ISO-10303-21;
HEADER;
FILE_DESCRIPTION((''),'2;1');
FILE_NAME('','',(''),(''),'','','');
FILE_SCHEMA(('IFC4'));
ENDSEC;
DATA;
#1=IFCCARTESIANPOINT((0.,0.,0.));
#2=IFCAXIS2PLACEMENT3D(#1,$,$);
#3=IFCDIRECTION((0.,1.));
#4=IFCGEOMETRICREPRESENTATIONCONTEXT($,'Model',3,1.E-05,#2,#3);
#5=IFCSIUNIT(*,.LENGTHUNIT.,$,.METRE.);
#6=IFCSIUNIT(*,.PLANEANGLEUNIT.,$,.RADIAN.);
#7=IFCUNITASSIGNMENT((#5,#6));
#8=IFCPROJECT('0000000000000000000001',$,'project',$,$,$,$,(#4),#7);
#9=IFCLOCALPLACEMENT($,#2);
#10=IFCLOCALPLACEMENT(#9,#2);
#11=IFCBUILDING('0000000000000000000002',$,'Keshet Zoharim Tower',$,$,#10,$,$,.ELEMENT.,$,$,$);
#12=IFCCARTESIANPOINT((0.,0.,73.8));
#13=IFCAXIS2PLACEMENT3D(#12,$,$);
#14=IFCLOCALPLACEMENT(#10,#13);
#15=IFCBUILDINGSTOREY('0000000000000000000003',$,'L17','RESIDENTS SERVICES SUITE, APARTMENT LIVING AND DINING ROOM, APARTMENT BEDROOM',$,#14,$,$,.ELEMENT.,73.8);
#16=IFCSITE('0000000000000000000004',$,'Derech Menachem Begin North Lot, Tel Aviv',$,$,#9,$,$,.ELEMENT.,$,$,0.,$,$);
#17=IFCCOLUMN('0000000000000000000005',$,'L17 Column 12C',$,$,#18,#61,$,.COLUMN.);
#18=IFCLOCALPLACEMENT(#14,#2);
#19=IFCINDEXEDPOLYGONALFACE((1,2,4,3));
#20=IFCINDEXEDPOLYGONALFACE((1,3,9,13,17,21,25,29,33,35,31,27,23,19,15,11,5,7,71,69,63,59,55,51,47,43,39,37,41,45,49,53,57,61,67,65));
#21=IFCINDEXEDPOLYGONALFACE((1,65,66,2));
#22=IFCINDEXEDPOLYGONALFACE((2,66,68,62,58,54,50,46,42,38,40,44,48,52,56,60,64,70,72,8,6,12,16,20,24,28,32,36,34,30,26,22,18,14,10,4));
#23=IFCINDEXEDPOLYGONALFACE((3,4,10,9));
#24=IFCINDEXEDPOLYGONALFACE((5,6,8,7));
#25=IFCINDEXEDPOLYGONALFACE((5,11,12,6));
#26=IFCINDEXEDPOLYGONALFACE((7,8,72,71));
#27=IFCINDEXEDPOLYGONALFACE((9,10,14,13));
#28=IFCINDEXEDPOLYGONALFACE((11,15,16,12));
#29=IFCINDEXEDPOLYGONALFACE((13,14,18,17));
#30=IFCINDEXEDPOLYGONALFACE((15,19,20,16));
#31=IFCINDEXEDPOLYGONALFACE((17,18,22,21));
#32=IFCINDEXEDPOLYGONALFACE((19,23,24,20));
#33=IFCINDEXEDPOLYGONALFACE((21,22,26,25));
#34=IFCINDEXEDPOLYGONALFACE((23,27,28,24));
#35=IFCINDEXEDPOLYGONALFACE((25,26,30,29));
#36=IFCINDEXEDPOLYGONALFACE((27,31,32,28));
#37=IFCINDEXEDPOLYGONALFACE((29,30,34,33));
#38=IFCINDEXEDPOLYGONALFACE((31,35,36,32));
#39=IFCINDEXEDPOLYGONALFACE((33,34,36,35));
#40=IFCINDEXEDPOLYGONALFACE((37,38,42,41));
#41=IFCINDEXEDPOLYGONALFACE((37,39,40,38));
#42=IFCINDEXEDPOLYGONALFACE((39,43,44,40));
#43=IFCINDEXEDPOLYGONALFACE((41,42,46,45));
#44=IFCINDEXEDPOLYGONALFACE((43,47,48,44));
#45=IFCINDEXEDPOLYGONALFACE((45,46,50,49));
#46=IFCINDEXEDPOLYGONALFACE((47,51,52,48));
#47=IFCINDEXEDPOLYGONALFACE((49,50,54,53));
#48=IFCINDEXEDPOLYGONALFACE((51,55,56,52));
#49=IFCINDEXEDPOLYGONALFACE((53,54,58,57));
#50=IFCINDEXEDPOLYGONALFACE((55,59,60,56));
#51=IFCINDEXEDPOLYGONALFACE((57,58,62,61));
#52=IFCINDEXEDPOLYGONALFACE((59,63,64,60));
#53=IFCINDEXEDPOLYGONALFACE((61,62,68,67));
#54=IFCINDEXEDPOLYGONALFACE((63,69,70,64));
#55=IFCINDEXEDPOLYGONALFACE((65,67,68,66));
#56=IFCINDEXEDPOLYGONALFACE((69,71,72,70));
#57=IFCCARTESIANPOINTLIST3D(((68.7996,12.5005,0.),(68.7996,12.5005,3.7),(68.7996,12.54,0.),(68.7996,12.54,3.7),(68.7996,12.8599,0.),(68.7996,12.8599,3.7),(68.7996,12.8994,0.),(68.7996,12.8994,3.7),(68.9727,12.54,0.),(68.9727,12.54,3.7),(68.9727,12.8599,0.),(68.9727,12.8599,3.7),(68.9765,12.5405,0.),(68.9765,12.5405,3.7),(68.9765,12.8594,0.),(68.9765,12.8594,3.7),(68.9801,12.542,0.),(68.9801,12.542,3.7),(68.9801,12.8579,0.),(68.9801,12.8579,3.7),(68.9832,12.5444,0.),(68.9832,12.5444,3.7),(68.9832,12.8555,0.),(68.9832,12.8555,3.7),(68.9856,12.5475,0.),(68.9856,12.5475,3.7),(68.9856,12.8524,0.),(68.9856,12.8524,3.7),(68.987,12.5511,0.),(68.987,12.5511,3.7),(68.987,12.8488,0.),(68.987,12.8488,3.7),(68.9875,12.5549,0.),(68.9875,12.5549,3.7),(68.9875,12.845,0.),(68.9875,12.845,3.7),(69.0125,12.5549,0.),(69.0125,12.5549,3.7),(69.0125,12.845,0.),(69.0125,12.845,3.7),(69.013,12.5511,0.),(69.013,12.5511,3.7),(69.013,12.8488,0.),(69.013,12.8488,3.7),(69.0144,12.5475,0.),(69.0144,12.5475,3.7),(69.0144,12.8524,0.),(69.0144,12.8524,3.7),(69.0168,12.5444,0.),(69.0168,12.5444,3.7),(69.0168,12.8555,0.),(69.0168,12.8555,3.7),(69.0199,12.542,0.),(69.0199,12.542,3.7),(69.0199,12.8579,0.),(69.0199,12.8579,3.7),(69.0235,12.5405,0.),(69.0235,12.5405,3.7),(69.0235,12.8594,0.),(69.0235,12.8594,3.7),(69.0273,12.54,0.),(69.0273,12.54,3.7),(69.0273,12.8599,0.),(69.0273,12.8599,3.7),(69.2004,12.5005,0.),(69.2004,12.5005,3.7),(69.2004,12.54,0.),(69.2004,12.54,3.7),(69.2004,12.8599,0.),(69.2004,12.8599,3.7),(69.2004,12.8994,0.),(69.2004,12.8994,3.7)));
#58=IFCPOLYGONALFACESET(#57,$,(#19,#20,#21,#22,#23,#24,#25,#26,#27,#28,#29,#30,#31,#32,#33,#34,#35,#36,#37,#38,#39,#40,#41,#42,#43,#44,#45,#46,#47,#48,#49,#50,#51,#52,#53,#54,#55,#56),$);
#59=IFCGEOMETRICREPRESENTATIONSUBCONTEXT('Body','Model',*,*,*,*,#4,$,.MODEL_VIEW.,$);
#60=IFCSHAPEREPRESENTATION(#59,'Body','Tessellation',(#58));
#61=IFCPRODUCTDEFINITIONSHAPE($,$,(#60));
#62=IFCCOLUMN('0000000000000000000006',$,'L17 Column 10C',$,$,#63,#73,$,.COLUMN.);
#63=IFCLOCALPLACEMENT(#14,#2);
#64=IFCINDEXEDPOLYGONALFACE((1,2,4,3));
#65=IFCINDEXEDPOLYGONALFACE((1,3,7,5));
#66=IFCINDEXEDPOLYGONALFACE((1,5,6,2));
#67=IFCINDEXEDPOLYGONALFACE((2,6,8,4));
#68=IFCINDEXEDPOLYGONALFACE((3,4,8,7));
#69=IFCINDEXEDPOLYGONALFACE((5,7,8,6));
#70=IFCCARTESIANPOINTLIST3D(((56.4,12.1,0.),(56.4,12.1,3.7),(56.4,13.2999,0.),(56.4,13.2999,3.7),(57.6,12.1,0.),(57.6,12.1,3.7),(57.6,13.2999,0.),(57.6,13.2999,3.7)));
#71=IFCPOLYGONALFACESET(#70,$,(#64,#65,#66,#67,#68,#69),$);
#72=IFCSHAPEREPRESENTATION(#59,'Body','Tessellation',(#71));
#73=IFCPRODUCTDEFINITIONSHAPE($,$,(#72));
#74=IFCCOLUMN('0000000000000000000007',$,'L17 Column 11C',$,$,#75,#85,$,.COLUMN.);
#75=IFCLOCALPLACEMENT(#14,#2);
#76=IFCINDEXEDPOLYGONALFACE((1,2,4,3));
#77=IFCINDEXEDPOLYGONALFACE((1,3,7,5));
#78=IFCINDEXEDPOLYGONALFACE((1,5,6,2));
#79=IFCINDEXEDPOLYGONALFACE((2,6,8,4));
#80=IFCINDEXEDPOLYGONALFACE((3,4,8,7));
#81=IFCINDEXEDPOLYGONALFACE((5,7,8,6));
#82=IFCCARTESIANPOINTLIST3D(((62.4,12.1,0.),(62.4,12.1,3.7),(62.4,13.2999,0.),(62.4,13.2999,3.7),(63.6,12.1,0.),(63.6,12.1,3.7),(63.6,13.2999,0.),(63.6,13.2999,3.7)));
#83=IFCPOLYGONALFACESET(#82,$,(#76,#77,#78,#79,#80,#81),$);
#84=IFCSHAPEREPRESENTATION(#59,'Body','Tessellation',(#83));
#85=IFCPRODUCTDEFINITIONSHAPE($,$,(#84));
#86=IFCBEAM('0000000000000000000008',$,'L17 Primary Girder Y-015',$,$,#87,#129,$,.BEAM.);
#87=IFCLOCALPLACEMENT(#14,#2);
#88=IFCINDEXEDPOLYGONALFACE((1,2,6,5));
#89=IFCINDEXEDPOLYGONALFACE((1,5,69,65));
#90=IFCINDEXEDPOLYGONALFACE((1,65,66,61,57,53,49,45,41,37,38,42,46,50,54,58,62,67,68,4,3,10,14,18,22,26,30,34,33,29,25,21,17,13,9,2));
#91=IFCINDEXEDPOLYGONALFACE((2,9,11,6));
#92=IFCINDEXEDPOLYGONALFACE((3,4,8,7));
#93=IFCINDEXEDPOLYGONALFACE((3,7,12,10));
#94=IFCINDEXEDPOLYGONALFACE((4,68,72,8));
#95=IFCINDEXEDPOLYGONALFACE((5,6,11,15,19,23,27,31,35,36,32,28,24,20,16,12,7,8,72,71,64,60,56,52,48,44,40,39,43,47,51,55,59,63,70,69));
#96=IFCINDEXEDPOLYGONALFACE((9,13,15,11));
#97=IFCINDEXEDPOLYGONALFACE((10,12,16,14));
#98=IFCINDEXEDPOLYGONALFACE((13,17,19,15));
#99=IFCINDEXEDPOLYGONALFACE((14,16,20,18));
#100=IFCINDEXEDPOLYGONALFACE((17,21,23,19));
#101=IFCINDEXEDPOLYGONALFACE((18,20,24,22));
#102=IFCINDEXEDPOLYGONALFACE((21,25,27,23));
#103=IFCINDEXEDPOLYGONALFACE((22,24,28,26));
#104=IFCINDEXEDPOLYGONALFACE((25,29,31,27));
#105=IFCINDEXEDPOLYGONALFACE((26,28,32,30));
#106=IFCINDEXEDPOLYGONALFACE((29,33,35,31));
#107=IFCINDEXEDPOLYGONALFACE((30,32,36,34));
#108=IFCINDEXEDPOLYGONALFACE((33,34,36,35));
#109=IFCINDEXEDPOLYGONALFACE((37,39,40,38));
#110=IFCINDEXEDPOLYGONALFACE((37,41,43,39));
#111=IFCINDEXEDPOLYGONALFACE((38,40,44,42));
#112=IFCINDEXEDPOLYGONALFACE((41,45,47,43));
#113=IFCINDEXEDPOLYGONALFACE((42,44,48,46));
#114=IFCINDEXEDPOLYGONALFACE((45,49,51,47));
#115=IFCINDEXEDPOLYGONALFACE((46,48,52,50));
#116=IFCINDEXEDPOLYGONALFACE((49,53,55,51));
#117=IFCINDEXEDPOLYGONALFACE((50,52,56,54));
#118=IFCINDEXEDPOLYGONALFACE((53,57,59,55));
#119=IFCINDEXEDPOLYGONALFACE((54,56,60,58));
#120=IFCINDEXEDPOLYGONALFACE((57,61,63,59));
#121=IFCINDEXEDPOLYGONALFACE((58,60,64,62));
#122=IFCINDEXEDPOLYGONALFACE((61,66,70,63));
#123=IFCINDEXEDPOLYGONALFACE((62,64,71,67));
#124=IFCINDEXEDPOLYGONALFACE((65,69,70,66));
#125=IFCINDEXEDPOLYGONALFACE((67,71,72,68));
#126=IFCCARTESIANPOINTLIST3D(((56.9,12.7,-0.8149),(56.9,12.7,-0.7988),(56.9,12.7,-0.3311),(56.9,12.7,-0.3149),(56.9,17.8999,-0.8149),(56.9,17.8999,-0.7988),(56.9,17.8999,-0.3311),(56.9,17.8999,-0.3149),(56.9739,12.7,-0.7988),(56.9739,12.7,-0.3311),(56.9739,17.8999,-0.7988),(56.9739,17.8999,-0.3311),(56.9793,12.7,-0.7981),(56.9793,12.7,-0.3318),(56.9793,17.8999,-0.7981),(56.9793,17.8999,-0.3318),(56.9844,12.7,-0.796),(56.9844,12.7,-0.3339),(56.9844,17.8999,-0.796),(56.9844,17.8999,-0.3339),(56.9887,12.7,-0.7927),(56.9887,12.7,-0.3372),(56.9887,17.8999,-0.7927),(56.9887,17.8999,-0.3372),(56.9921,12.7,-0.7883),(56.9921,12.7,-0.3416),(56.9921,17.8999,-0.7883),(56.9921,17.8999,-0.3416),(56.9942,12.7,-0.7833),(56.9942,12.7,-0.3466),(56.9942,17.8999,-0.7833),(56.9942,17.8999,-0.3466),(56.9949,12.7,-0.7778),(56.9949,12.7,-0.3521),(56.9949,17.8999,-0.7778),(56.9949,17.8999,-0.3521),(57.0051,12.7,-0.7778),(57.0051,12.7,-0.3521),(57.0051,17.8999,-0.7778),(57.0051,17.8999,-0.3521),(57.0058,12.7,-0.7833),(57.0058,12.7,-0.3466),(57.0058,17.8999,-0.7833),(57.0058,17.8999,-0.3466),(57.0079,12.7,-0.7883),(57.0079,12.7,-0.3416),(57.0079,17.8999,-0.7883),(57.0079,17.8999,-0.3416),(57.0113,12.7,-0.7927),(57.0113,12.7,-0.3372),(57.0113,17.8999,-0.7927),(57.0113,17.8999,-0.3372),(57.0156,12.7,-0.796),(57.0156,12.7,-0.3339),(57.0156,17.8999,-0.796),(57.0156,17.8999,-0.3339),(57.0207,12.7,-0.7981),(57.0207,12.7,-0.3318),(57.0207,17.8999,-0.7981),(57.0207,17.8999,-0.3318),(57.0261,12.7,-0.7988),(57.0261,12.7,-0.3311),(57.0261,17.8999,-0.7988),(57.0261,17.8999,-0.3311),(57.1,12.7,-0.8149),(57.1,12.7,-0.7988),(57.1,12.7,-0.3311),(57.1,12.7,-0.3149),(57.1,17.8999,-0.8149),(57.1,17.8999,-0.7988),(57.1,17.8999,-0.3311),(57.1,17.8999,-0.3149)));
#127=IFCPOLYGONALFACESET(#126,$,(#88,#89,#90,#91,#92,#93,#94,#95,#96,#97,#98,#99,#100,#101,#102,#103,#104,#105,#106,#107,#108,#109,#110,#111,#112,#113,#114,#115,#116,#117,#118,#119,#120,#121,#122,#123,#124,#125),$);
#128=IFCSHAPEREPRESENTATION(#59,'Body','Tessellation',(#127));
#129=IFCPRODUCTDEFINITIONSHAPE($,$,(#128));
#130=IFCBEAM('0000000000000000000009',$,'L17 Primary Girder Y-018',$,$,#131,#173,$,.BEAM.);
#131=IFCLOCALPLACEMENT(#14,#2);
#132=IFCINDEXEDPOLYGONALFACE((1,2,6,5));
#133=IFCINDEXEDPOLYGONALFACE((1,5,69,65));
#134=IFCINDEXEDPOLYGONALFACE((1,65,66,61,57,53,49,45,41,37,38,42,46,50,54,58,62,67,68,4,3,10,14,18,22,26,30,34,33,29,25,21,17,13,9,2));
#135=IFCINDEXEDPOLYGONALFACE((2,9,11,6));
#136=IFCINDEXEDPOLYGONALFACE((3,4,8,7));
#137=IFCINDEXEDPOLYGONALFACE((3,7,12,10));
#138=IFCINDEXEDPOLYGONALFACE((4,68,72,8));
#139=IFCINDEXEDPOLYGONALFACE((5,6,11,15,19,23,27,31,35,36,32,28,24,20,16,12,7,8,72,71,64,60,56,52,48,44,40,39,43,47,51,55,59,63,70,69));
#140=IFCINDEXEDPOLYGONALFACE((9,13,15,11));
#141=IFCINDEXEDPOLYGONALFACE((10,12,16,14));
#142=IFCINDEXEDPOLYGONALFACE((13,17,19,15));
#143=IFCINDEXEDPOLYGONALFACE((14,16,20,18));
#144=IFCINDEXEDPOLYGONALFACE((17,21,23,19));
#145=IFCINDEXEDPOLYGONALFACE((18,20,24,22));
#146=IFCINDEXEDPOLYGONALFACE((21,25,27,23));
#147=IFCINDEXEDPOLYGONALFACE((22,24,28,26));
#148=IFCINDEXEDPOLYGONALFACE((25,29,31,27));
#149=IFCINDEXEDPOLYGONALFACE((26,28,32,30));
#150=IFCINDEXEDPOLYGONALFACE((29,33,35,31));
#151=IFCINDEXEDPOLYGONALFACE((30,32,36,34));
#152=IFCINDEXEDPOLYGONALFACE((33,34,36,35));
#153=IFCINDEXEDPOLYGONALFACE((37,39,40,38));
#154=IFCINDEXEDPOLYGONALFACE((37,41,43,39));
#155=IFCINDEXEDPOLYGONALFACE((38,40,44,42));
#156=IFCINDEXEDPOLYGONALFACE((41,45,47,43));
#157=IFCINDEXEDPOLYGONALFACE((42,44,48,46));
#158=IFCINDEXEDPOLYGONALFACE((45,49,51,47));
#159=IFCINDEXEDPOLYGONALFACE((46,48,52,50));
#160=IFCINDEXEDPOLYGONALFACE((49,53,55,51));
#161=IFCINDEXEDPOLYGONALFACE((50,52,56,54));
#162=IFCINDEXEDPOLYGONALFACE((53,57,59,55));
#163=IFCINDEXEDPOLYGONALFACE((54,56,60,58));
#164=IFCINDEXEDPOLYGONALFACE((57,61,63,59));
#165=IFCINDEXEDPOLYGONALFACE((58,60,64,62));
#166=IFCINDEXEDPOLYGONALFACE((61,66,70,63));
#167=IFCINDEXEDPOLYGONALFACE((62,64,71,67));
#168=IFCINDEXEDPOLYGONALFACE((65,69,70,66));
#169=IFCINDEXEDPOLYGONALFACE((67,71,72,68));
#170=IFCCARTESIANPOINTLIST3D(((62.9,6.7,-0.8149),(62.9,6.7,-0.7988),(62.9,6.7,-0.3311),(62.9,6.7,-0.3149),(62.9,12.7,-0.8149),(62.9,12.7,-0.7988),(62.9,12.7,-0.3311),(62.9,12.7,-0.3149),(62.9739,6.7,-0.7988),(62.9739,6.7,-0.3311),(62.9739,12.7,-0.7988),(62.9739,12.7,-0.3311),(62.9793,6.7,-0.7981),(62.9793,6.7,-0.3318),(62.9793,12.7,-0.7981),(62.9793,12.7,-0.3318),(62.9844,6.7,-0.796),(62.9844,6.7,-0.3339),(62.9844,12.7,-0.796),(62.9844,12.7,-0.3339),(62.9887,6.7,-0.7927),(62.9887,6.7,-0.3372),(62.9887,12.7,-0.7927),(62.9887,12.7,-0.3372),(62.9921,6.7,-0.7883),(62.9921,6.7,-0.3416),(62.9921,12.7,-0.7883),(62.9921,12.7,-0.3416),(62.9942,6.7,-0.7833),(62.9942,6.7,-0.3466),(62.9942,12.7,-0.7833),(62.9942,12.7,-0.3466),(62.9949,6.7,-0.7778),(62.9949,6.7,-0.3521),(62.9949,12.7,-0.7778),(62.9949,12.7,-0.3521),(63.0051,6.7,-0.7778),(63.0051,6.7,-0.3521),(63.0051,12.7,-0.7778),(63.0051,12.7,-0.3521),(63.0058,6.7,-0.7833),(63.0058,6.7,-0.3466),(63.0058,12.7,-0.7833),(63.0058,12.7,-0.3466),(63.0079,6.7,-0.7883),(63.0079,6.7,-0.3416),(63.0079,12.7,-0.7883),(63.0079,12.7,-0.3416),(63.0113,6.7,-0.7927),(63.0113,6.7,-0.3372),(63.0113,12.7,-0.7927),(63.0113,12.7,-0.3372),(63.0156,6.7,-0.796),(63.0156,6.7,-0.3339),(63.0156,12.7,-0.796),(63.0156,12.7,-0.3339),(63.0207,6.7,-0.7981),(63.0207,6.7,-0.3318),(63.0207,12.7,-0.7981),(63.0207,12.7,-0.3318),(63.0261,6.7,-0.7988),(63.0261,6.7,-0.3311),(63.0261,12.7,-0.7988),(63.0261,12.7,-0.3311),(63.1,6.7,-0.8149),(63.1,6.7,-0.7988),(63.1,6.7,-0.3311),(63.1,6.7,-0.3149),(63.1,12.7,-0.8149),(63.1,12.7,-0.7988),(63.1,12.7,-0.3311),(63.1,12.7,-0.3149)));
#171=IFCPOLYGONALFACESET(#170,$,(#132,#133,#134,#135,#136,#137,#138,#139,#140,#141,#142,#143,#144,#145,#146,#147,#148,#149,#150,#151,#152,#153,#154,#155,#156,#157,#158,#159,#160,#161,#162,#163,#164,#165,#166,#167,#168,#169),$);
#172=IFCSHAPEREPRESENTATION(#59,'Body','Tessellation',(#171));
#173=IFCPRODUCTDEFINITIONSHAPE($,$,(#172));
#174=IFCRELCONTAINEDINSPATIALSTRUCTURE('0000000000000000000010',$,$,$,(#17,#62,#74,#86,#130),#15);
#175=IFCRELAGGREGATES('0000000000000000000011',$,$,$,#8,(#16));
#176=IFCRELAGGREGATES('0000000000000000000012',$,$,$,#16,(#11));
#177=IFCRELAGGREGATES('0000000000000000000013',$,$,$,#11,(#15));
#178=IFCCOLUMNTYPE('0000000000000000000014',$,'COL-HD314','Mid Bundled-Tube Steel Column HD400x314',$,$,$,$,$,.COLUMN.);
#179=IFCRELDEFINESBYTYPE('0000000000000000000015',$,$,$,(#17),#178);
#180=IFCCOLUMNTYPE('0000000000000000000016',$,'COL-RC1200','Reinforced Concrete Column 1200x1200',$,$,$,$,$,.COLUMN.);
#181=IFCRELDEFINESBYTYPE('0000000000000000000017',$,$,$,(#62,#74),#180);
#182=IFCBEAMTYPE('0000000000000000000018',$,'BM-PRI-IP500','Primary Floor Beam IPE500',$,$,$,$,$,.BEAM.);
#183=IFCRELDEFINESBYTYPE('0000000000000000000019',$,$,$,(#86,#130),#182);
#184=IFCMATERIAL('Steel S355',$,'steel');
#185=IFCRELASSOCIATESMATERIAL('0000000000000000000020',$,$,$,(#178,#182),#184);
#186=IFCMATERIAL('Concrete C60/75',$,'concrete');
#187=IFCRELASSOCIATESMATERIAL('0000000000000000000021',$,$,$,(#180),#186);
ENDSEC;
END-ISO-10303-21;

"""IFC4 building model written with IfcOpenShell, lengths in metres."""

from ifc_helpers import new_model, si_unit, direction, frame, origin, origin_2d, place, context, subcontext, project, spatial, rectangle, i_section, extrude, material, material_profile, profile_set, type_object, element, save


model = new_model("IFC4")

# Units and contexts
model_context = context("Model", 3, precision=1e-05, world=origin(), true_north=direction((0.0, 1.0)))
body_context = subcontext(model_context, "Body", "Model", "MODEL_VIEW")
ifc_project = project(units=[si_unit("LENGTHUNIT", "METRE"), si_unit("PLANEANGLEUNIT", "RADIAN")], contexts=[model_context])

# Site, building, storey
site_placement = place(None, origin())
site = spatial("IfcSite", under=ifc_project, at=site_placement, Name="Derech Menachem Begin North Lot, Tel Aviv", CompositionType="ELEMENT", RefElevation=0.0)
building_placement = place(site_placement, origin())
building = spatial("IfcBuilding", under=site, at=building_placement, Name="Keshet Zoharim Tower", CompositionType="ELEMENT")
storey_placement = place(building_placement, frame((0.0, 0.0, 73.8)))
storey = spatial("IfcBuildingStorey", under=building, at=storey_placement, Name="L17", Description="RESIDENTS SERVICES SUITE, APARTMENT LIVING AND DINING ROOM, APARTMENT BEDROOM", CompositionType="ELEMENT", Elevation=73.8)

# Columns
ifc_material_1 = material(Name="Steel S355", Category="steel")
ifc_material_profile_1 = material_profile(ifc_material_1, i_section(OverallWidth=0.4009, OverallDepth=0.3989, WebThickness=0.0249, FlangeThickness=0.0396, FilletRadius=0.0149, at=origin_2d()), Name="HD400x314")
ifc_profile_set_1 = profile_set([ifc_material_profile_1], Name="Steel S355")
column_type_1 = type_object("IfcColumnType", Name="COL-HD314", Description="Mid Bundled-Tube Steel Column HD400x314", PredefinedType="COLUMN", material=ifc_profile_set_1)
column_placement = place(storey_placement, frame((69.0, 12.7, 0.0), z_axis=(0.0, 0.0, 1.0), x_axis=(1.0, 0.0, 0.0)))
element("IfcColumn", 1, at=column_placement, inside=storey, type_object=column_type_1, Name="L17 Column 12C", PredefinedType="COLUMN", context=body_context, shape_type="SweptSolid", body=[
    extrude(i_section(OverallWidth=0.4009, OverallDepth=0.3989, WebThickness=0.0249, FlangeThickness=0.0396, FilletRadius=0.0149, at=origin_2d()), origin(), (0.0, 0.0, 1.0), 3.7),
])
ifc_material_2 = material(Name="Concrete C60/75", Category="concrete")
ifc_material_profile_2 = material_profile(ifc_material_2, rectangle(XDim=1.2, YDim=1.2, at=origin_2d()), Name="RC1200x1200")
ifc_profile_set_2 = profile_set([ifc_material_profile_2], Name="Concrete C60/75")
column_type_2 = type_object("IfcColumnType", Name="COL-RC1200", Description="Reinforced Concrete Column 1200x1200", PredefinedType="COLUMN", material=ifc_profile_set_2)
for number, where, z_axis, x_axis, name in (
    (2, (57.0, 12.7, 0.0), (0.0, 0.0, 1.0), (1.0, 0.0, 0.0), "L17 Column 10C"),
    (3, (63.0, 12.7, 0.0), (0.0, 0.0, 1.0), (1.0, 0.0, 0.0), "L17 Column 11C"),
):
    element("IfcColumn", number, at=place(storey_placement, frame(where, z_axis=z_axis, x_axis=x_axis)), inside=storey, type_object=column_type_2, Name=name, PredefinedType="COLUMN", context=body_context, shape_type="SweptSolid", body=[
        extrude(rectangle(XDim=1.2, YDim=1.2, at=origin_2d()), origin(), (0.0, 0.0, 1.0), 3.7),
    ])

# Beams
ifc_material_profile_3 = material_profile(ifc_material_1, i_section(OverallWidth=0.2, OverallDepth=0.5, WebThickness=0.0103, FlangeThickness=0.0161, FilletRadius=0.021, at=origin_2d()), Name="IPE500")
ifc_profile_set_3 = profile_set([ifc_material_profile_3], Name="Steel S355")
beam_type_1 = type_object("IfcBeamType", Name="BM-PRI-IP500", Description="Primary Floor Beam IPE500", PredefinedType="BEAM", material=ifc_profile_set_3)
beam_1_placement = place(storey_placement, frame((57.0, 12.7, -0.5649), z_axis=(0.0, 1.0, 0.0), x_axis=(-1.0, 0.0, 0.0)))
element("IfcBeam", 4, at=beam_1_placement, inside=storey, type_object=beam_type_1, Name="L17 Primary Girder Y-015", PredefinedType="BEAM", context=body_context, shape_type="SweptSolid", body=[
    extrude(i_section(OverallWidth=0.2, OverallDepth=0.5, WebThickness=0.0103, FlangeThickness=0.0161, FilletRadius=0.021, at=origin_2d()), origin(), (0.0, 0.0, 1.0), 5.2),
])
beam_2_placement = place(storey_placement, frame((63.0, 6.7, -0.5649), z_axis=(0.0, 1.0, 0.0), x_axis=(-1.0, 0.0, 0.0)))
element("IfcBeam", 5, at=beam_2_placement, inside=storey, type_object=beam_type_1, Name="L17 Primary Girder Y-018", PredefinedType="BEAM", context=body_context, shape_type="SweptSolid", body=[
    extrude(i_section(OverallWidth=0.2, OverallDepth=0.5, WebThickness=0.0103, FlangeThickness=0.0161, FilletRadius=0.021, at=origin_2d()), origin(), (0.0, 0.0, 1.0), 6.0),
])

save(model, "model.ifc")
